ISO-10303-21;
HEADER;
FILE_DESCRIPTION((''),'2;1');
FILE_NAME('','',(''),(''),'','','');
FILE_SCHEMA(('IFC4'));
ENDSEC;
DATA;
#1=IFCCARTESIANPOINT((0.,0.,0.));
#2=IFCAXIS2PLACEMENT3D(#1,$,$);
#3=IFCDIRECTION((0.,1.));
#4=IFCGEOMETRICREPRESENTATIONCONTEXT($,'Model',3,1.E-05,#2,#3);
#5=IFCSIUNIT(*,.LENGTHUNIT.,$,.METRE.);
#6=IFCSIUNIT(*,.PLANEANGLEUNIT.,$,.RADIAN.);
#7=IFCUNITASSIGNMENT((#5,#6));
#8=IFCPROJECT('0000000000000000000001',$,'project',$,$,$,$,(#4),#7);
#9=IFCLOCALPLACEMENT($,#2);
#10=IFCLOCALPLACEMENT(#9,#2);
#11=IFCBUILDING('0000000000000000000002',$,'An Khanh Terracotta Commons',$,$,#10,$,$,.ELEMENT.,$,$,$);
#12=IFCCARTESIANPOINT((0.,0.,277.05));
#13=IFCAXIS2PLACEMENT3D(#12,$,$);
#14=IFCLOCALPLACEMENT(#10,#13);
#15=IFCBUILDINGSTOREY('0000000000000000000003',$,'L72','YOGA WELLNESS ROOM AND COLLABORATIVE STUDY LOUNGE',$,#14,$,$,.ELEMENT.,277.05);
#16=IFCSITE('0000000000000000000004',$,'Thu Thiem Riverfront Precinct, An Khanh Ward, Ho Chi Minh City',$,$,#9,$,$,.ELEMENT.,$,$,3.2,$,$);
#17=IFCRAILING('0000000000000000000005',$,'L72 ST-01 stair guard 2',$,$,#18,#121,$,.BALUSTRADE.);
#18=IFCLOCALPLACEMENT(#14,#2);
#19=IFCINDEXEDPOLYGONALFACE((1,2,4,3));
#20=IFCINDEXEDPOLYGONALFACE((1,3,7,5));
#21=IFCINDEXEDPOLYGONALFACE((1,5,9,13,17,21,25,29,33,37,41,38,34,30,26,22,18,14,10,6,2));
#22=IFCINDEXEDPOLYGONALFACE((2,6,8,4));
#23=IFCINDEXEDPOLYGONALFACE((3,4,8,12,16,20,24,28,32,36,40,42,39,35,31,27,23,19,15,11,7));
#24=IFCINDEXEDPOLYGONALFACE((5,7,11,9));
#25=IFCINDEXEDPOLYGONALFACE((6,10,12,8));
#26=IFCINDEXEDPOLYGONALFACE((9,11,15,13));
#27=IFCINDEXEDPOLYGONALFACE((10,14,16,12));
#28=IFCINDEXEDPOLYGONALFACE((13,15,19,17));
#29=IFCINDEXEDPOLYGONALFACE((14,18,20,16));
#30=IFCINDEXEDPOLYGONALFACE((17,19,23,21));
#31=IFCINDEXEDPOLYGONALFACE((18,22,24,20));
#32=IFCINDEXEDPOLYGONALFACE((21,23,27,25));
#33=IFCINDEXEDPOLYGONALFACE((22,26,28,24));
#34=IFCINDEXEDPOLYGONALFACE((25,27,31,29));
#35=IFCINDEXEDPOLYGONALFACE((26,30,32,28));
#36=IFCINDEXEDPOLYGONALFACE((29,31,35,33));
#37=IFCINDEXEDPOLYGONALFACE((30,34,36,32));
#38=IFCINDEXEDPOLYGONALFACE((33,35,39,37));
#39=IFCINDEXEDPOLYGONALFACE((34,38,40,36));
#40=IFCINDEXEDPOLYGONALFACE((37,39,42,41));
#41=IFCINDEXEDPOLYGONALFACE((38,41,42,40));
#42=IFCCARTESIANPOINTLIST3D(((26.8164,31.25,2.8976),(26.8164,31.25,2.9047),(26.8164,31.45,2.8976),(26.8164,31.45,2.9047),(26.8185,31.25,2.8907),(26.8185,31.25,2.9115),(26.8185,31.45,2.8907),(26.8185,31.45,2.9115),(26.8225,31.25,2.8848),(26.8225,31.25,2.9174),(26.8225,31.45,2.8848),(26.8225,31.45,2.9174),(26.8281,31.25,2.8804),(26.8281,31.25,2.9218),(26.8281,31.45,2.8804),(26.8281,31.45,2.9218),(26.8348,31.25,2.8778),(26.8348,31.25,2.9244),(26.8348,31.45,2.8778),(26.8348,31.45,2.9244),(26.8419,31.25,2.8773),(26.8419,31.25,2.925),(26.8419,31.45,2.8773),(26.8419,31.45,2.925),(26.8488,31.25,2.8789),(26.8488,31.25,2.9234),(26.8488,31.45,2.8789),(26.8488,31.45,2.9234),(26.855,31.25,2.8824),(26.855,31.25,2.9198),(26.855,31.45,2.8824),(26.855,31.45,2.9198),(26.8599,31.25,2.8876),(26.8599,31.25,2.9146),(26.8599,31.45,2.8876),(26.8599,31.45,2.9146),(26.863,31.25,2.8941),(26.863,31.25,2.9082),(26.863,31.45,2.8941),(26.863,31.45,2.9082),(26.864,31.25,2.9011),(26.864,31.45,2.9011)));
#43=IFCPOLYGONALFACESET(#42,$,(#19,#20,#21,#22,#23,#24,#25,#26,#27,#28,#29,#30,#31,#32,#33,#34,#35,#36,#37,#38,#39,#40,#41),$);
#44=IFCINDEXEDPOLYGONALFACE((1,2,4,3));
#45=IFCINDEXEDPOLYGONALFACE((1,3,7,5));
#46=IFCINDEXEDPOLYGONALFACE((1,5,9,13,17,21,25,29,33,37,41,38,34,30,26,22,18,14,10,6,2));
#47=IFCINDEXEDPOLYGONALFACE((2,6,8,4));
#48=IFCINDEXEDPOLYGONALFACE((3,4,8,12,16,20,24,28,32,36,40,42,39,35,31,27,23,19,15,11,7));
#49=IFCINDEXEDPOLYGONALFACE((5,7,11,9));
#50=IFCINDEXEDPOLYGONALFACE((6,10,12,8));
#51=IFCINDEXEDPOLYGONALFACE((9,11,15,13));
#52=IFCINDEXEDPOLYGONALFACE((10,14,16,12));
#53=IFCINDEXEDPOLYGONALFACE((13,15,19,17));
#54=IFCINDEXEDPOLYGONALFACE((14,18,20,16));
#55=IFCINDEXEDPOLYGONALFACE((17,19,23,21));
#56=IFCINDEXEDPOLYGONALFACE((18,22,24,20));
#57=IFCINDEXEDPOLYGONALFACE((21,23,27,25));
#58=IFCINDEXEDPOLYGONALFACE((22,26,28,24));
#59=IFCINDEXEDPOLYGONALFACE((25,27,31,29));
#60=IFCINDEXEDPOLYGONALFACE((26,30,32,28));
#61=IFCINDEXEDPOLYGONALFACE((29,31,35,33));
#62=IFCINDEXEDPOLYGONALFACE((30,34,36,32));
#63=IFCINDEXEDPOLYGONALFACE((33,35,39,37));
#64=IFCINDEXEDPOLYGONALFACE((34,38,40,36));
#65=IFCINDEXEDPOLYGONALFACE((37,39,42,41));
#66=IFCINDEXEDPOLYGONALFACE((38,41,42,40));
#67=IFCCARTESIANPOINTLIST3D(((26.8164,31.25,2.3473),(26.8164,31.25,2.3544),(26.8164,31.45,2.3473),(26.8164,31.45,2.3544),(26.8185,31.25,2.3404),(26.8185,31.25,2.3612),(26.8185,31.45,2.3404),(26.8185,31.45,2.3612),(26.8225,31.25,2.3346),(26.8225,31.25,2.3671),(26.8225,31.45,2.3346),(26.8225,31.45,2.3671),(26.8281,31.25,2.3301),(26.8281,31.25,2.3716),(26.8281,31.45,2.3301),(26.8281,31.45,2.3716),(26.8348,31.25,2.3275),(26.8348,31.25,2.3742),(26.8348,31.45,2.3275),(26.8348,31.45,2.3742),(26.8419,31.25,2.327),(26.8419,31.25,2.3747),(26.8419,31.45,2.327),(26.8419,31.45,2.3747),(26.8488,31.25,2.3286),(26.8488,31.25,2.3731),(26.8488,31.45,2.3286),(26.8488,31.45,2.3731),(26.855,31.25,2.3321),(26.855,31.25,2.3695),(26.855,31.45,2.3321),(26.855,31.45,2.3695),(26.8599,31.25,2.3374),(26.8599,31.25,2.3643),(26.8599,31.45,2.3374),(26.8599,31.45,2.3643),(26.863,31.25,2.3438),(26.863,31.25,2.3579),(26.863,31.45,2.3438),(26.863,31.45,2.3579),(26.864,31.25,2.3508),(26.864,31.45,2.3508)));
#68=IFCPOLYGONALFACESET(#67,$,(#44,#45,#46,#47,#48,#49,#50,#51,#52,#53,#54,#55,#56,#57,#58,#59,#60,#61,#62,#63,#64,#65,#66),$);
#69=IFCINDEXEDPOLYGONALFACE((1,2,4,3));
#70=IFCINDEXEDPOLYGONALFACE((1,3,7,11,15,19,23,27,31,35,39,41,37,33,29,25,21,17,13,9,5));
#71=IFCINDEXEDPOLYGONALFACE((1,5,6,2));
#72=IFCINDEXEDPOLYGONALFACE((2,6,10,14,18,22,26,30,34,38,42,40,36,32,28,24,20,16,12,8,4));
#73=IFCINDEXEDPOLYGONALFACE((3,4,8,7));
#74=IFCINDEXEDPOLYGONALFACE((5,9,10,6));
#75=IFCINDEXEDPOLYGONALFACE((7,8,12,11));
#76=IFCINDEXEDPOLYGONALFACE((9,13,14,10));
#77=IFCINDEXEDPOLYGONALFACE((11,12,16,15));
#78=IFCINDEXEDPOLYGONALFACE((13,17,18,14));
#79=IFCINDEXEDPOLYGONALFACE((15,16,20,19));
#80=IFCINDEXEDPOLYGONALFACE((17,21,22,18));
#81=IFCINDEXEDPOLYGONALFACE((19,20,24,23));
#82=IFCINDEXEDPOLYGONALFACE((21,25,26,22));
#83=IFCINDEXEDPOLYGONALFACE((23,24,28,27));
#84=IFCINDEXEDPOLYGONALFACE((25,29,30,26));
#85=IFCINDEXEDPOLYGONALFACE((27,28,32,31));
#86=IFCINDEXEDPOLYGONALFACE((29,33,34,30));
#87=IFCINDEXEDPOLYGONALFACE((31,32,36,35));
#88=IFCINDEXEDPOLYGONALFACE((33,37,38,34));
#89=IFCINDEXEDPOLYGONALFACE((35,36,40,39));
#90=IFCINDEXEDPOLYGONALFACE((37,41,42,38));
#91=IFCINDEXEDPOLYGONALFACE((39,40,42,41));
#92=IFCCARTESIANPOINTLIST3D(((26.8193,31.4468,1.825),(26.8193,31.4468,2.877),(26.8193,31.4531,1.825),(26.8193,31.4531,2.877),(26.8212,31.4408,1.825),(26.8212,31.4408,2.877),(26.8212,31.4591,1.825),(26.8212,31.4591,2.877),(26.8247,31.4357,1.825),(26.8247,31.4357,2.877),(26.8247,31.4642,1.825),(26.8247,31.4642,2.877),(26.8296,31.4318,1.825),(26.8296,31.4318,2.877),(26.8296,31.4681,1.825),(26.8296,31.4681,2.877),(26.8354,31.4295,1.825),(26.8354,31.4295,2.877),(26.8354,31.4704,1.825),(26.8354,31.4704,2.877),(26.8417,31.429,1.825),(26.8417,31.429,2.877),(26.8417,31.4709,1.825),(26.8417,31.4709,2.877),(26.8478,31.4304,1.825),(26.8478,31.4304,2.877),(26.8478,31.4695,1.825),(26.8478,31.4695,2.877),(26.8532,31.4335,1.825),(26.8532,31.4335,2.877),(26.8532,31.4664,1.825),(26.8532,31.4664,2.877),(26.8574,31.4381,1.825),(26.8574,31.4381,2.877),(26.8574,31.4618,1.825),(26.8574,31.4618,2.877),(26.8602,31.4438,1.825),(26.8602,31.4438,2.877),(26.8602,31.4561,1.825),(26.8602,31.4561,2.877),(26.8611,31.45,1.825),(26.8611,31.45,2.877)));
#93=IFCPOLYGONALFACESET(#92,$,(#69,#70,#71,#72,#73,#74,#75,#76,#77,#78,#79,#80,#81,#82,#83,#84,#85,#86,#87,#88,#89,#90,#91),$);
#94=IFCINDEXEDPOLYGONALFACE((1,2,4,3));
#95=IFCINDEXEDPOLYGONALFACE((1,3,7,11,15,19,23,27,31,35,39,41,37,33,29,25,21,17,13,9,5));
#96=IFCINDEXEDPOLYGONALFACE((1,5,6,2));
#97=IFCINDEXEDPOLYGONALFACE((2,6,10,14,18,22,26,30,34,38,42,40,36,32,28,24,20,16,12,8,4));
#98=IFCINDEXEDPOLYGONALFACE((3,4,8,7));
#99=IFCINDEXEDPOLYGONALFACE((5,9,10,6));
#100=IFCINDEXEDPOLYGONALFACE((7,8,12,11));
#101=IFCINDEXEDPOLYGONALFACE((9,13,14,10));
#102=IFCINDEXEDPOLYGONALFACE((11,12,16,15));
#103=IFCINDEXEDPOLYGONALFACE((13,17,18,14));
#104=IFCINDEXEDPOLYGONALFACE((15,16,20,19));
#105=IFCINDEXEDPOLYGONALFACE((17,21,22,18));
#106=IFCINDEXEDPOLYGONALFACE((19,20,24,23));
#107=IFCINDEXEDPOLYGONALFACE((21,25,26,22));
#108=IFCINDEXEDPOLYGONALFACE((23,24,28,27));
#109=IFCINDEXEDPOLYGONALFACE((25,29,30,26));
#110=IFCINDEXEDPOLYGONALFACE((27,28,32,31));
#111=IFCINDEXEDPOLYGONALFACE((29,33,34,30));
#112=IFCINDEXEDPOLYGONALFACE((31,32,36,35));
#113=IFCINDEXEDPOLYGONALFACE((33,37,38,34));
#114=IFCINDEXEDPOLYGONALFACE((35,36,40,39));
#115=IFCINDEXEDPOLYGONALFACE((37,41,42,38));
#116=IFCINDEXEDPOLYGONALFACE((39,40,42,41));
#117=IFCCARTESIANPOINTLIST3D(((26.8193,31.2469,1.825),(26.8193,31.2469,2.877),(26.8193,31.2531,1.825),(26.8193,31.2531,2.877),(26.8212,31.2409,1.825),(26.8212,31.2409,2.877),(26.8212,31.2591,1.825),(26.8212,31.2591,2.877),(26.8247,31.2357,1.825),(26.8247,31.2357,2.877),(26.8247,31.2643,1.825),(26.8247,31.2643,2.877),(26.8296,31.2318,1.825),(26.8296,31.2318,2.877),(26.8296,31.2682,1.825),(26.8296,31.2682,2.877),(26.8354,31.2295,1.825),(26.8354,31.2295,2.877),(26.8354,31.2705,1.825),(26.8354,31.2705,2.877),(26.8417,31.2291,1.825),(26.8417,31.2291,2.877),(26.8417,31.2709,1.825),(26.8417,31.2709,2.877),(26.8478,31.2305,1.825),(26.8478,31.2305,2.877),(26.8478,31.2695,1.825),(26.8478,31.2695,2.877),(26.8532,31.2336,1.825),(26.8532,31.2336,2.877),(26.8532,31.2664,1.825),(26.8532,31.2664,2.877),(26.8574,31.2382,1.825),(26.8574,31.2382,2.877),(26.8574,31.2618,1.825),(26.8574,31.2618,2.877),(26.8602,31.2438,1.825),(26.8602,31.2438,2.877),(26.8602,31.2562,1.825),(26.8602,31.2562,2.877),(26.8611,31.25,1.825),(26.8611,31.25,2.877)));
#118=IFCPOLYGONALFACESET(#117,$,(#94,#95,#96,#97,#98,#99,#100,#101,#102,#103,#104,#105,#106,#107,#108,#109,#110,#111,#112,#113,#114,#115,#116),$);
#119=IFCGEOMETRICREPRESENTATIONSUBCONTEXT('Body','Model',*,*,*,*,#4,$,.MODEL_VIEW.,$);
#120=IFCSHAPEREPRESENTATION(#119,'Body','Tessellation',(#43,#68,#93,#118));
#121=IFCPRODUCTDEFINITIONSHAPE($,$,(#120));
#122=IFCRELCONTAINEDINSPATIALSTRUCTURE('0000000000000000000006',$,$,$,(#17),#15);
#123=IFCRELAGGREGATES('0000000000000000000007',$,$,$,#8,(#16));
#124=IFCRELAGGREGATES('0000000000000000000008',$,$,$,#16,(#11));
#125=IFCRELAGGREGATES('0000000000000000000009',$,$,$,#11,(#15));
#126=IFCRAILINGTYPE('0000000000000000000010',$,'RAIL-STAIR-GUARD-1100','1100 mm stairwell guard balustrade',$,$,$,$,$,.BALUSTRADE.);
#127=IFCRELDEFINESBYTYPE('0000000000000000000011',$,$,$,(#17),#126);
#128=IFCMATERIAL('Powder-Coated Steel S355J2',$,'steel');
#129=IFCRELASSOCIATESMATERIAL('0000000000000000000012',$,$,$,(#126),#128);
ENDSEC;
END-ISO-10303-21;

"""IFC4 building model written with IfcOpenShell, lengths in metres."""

from ifc_helpers import new_model, si_unit, direction, frame, origin, origin_2d, place, context, subcontext, project, spatial, circle, extrude, material, type_object, element, save


model = new_model("IFC4")

# Units and contexts
model_context = context("Model", 3, precision=1e-05, world=origin(), true_north=direction((0.0, 1.0)))
body_context = subcontext(model_context, "Body", "Model", "MODEL_VIEW")
ifc_project = project(units=[si_unit("LENGTHUNIT", "METRE"), si_unit("PLANEANGLEUNIT", "RADIAN")], contexts=[model_context])

# Site, building, storey
site_placement = place(None, origin())
site = spatial("IfcSite", under=ifc_project, at=site_placement, Name="Thu Thiem Riverfront Precinct, An Khanh Ward, Ho Chi Minh City", CompositionType="ELEMENT", RefElevation=3.2)
building_placement = place(site_placement, origin())
building = spatial("IfcBuilding", under=site, at=building_placement, Name="An Khanh Terracotta Commons", CompositionType="ELEMENT")
storey_placement = place(building_placement, frame((0.0, 0.0, 277.05)))
storey = spatial("IfcBuildingStorey", under=building, at=storey_placement, Name="L72", Description="YOGA WELLNESS ROOM AND COLLABORATIVE STUDY LOUNGE", CompositionType="ELEMENT", Elevation=277.05)

# Railing
ifc_material_1 = material(Name="Powder-Coated Steel S355J2", Category="steel")
railing_type_1 = type_object("IfcRailingType", Name="RAIL-STAIR-GUARD-1100", Description="1100 mm stairwell guard balustrade", PredefinedType="BALUSTRADE", material=ifc_material_1)
railing_1_placement = place(storey_placement, frame((26.8401, 31.45, 1.825)))
element("IfcRailing", 1, at=railing_1_placement, inside=storey, type_object=railing_type_1, Name="L72 ST-01 stair guard 2", PredefinedType="BALUSTRADE", context=body_context, shape_type="SweptSolid", body=[
    extrude(circle(Radius=0.0239, at=origin_2d()), frame((0.0, 0.0, 1.0762), z_axis=(0.0, -1.0, 0.0), x_axis=(1.0, 0.0, 0.0)), (0.0, 0.0, 1.0), 0.2),
    extrude(circle(Radius=0.0239, at=origin_2d()), frame((0.0, 0.0, 0.5259), z_axis=(0.0, -1.0, 0.0), x_axis=(1.0, 0.0, 0.0)), (0.0, 0.0, 1.0), 0.2),
    extrude(circle(Radius=0.021, at=origin_2d()), origin(), (0.0, 0.0, 1.0), 1.052),
    extrude(circle(Radius=0.021, at=origin_2d()), frame((0.0, -0.2, 0.0)), (0.0, 0.0, 1.0), 1.052),
])

save(model, "model.ifc")
